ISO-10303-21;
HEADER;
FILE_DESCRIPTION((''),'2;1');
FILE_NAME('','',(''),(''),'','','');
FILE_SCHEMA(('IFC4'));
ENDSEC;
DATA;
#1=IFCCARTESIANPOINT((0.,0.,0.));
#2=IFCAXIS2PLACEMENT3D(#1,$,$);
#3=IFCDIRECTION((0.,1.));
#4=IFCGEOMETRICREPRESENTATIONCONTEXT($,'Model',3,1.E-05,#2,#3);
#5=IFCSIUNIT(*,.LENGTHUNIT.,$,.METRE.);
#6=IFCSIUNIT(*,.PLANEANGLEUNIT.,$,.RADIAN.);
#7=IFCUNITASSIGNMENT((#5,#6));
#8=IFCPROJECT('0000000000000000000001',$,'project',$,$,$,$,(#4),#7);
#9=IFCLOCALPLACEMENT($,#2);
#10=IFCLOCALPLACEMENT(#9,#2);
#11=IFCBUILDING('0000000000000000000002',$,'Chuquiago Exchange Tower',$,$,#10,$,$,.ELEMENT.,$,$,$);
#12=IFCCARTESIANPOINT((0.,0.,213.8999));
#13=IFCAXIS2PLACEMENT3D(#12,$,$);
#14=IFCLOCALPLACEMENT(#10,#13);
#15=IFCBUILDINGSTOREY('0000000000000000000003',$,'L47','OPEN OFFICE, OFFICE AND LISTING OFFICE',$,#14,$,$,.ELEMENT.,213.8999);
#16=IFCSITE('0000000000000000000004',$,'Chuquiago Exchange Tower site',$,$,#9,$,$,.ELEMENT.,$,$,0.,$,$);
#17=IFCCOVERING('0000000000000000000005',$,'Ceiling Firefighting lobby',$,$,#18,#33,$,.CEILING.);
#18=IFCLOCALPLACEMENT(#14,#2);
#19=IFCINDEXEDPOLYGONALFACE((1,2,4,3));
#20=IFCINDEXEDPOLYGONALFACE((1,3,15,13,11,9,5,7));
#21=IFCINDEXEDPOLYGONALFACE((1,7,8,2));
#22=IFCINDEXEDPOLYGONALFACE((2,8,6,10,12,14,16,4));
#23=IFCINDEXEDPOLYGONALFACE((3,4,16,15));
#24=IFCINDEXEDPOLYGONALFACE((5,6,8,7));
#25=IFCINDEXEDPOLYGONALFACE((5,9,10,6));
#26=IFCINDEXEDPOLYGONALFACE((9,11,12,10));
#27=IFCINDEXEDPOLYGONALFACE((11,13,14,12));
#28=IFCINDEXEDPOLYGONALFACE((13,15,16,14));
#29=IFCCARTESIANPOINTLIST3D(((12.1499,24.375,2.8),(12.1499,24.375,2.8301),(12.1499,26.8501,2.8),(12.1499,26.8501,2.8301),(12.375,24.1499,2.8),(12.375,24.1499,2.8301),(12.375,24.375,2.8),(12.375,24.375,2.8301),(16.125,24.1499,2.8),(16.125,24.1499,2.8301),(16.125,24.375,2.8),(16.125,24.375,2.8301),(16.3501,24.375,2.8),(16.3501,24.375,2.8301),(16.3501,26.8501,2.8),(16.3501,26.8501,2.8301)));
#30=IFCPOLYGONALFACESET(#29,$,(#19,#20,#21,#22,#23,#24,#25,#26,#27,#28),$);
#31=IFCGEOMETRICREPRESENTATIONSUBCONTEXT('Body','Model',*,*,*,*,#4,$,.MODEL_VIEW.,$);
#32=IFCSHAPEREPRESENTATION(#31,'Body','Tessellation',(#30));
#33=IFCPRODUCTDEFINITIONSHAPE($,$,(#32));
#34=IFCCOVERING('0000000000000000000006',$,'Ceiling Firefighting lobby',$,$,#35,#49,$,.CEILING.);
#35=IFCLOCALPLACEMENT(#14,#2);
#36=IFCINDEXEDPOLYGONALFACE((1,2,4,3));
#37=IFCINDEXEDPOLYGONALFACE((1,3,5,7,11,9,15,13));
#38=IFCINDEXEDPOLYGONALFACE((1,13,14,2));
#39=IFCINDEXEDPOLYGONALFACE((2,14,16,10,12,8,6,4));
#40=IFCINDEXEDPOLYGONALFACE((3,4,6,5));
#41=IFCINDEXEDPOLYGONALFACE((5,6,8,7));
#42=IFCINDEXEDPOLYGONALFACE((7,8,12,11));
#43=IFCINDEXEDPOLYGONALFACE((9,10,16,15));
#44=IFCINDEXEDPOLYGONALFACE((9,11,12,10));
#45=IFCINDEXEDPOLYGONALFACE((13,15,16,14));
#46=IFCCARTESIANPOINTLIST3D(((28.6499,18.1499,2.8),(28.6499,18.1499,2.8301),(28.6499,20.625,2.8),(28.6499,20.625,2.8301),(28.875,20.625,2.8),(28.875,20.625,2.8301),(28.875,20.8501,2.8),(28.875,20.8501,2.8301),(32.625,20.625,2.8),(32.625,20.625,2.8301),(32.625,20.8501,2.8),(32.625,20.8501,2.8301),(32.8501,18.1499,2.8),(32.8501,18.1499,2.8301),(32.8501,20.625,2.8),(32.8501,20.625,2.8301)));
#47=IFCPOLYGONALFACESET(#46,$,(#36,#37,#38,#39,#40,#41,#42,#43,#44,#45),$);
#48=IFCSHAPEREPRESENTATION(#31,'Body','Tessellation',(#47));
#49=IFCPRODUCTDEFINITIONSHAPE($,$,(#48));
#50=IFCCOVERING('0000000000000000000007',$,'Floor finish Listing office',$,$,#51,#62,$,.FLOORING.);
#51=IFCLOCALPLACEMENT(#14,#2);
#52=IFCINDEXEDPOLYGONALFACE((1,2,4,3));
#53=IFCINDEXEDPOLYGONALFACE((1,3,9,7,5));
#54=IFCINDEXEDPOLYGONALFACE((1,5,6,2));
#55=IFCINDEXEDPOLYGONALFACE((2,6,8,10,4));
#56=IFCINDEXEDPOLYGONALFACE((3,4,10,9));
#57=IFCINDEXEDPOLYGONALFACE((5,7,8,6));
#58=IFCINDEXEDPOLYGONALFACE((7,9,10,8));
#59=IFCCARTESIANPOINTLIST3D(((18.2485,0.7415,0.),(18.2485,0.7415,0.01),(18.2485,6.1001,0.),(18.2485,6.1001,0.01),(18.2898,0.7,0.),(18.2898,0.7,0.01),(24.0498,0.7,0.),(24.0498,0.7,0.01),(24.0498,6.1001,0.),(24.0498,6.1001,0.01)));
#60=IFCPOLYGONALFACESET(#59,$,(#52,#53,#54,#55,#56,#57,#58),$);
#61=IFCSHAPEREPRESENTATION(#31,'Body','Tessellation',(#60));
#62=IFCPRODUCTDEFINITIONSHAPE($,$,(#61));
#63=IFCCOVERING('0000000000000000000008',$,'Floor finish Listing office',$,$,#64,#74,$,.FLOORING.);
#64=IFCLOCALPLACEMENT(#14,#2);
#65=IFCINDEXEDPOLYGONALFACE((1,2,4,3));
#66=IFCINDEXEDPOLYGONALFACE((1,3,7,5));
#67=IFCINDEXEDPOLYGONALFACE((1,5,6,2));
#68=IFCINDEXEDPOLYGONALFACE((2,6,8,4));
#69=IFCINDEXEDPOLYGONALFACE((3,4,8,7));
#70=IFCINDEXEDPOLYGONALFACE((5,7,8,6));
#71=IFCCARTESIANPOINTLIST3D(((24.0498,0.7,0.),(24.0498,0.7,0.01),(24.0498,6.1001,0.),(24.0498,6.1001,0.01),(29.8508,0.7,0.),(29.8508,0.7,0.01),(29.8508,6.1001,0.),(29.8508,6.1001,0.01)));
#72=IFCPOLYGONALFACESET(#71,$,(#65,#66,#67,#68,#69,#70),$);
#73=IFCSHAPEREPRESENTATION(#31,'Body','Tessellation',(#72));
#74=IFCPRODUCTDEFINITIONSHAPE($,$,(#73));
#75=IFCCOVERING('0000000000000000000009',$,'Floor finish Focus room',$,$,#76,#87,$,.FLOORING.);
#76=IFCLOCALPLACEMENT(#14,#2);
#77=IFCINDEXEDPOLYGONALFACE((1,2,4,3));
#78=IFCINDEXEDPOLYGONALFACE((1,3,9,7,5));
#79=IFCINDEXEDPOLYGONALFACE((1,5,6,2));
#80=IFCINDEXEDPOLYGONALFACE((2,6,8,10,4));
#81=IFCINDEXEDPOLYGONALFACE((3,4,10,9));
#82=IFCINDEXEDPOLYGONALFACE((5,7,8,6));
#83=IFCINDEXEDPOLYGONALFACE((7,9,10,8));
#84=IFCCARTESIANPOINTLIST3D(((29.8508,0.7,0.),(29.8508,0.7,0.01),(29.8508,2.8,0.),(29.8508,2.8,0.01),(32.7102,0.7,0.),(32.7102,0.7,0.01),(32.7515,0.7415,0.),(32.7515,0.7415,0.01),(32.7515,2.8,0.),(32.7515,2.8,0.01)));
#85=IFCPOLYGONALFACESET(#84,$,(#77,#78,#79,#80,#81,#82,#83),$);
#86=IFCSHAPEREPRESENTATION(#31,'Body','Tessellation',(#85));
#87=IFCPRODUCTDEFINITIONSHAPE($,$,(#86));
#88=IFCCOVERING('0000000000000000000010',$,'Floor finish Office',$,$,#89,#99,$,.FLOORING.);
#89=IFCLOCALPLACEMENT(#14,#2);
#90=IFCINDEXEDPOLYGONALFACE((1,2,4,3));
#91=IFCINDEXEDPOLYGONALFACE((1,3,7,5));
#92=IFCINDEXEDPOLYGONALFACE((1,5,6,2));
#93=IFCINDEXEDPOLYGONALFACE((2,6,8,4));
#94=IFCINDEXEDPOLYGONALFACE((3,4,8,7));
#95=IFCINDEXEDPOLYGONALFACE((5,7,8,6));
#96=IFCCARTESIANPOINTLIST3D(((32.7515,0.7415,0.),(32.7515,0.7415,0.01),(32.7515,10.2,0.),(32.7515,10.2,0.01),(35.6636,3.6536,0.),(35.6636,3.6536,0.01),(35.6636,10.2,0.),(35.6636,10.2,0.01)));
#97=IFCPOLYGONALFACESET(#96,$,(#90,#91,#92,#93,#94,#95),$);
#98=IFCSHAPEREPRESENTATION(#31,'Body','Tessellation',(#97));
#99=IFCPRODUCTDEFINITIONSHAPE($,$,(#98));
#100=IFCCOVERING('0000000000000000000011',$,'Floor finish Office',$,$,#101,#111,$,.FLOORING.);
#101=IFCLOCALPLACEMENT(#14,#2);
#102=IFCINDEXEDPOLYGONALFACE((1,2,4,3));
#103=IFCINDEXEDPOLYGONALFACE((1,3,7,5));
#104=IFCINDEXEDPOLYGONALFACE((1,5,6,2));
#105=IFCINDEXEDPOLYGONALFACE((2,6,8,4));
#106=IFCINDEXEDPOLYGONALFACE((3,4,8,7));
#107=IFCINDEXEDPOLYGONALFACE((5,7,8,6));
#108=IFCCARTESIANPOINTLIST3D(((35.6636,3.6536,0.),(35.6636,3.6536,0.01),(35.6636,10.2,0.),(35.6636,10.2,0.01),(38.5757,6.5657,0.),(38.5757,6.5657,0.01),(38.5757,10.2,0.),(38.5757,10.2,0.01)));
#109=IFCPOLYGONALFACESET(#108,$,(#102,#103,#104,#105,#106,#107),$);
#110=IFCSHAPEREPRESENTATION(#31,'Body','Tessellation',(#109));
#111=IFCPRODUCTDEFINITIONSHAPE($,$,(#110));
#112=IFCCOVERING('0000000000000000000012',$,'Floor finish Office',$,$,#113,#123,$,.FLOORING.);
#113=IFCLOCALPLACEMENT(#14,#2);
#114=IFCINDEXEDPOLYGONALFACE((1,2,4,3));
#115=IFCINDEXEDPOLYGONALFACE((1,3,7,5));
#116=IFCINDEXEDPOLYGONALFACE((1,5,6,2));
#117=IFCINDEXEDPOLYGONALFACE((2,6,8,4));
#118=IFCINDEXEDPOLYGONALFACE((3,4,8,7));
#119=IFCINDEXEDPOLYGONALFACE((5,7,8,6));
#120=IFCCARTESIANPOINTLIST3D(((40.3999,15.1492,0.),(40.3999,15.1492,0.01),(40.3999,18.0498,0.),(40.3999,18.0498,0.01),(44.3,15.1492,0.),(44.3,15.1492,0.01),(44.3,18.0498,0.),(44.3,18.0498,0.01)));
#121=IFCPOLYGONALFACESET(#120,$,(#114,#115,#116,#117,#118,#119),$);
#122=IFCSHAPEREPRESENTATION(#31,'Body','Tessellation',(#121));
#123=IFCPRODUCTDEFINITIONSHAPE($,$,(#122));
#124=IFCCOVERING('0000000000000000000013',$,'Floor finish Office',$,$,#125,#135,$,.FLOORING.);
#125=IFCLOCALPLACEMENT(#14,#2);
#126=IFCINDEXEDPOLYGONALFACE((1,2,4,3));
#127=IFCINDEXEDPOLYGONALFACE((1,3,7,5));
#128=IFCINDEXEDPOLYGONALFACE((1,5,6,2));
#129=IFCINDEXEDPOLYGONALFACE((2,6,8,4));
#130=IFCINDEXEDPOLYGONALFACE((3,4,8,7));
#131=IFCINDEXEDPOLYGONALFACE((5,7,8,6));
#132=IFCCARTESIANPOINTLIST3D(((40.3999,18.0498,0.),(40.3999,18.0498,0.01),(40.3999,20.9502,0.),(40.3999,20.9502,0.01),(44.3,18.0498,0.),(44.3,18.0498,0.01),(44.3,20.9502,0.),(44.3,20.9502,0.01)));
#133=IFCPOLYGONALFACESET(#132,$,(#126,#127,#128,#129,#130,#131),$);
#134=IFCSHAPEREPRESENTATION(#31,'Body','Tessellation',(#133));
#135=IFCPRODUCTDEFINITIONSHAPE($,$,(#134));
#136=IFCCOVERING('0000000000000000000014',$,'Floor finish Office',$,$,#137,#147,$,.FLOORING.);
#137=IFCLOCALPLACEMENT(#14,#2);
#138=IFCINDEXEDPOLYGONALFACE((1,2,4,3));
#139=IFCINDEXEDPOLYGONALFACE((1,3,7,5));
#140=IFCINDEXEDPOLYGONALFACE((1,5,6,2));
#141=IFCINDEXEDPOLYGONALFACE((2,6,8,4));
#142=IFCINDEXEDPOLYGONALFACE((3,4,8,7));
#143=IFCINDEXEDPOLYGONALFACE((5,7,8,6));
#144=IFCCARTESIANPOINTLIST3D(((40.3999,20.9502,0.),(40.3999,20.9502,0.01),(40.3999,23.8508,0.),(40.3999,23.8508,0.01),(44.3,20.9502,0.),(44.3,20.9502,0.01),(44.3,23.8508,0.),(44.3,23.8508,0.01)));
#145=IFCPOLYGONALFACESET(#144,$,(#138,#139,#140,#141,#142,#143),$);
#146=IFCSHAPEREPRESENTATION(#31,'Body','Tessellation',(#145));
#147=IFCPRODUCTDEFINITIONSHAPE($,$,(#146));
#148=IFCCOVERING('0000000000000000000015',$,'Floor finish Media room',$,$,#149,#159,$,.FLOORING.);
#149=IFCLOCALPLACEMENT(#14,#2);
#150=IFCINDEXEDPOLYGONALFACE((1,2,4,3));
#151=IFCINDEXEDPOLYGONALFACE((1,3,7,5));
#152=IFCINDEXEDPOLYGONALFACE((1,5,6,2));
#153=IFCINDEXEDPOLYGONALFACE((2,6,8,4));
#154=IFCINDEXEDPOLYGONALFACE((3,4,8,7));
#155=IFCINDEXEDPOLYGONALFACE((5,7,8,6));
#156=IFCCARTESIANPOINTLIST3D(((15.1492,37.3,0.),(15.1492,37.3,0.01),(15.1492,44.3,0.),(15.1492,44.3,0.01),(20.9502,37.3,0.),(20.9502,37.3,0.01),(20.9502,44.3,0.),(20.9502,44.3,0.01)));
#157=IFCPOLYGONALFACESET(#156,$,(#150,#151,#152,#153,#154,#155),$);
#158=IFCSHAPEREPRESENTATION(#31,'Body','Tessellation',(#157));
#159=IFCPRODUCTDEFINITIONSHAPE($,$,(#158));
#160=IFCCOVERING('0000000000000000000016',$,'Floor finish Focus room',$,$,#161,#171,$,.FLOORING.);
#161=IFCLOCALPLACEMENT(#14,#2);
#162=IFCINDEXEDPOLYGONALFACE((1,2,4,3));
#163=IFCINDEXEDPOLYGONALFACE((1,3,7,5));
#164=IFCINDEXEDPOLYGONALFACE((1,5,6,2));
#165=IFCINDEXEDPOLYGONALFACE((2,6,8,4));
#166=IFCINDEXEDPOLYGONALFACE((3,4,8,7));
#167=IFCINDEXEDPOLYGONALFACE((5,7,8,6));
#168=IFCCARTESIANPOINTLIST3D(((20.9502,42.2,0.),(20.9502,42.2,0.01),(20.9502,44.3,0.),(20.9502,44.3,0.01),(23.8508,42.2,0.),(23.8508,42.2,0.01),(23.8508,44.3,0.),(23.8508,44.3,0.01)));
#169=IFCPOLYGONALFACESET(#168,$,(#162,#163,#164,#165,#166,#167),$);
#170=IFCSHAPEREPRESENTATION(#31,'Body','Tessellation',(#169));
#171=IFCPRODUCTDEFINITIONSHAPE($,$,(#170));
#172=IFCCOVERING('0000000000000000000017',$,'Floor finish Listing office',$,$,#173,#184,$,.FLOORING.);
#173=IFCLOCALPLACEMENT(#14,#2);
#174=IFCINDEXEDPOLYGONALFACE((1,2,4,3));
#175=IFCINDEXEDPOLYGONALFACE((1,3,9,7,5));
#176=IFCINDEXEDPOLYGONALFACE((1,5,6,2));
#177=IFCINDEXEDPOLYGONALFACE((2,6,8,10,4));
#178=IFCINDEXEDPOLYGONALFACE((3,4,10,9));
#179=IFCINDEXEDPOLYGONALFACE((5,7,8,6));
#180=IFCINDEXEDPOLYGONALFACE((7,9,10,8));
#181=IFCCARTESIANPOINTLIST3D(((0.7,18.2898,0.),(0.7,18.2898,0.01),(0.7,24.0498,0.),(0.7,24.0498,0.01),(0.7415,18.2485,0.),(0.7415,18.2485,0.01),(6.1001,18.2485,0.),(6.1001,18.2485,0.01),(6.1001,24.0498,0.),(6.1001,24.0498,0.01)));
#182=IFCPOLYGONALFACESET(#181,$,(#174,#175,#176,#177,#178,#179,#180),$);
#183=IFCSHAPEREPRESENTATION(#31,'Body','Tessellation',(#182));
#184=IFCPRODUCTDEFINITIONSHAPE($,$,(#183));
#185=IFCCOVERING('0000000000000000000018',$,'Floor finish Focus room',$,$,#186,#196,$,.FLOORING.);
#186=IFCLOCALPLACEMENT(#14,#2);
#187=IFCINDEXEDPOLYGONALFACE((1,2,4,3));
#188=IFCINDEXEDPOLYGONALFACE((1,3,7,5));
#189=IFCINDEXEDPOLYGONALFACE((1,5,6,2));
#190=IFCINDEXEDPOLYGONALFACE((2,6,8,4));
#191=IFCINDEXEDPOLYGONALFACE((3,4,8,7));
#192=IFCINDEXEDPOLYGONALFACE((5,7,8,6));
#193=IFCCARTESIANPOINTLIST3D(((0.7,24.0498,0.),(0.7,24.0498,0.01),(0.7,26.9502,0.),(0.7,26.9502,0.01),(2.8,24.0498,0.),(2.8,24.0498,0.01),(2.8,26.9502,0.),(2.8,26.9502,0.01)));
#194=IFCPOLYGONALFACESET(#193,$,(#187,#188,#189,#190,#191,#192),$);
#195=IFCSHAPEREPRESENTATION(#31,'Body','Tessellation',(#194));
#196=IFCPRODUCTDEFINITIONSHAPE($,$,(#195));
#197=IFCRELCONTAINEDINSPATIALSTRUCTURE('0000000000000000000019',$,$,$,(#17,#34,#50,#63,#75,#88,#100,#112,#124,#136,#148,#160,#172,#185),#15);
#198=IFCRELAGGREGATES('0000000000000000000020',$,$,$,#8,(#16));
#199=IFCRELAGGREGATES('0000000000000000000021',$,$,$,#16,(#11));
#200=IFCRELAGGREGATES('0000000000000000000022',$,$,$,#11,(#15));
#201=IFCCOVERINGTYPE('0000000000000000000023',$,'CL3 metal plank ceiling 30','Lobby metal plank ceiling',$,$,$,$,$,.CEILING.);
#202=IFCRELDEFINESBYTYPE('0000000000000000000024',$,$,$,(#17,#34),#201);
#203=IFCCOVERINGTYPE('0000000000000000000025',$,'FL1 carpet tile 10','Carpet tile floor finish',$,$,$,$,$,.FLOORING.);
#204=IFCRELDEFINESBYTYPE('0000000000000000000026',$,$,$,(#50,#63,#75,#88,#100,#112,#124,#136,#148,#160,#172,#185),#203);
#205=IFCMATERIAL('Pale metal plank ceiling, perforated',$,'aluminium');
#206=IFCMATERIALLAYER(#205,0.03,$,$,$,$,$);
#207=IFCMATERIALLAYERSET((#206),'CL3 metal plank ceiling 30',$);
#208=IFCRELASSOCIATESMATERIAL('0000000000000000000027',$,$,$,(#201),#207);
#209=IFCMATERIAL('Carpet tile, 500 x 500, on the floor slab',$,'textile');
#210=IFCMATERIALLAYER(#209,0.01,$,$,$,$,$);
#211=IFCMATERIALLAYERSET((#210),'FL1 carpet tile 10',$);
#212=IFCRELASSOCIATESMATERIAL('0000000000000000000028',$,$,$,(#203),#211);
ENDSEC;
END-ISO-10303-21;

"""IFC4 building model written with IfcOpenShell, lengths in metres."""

from ifc_helpers import new_model, si_unit, direction, frame, origin, place, context, subcontext, project, spatial, polyline, outline, extrude, material, layer, layer_set, type_object, element, save


model = new_model("IFC4")

# Units and contexts
model_context = context("Model", 3, precision=1e-05, world=origin(), true_north=direction((0.0, 1.0)))
body_context = subcontext(model_context, "Body", "Model", "MODEL_VIEW")
ifc_project = project(units=[si_unit("LENGTHUNIT", "METRE"), si_unit("PLANEANGLEUNIT", "RADIAN")], contexts=[model_context])

# Site, building, storey
site_placement = place(None, origin())
site = spatial("IfcSite", under=ifc_project, at=site_placement, Name="Chuquiago Exchange Tower site", CompositionType="ELEMENT", RefElevation=0.0)
building_placement = place(site_placement, origin())
building = spatial("IfcBuilding", under=site, at=building_placement, Name="Chuquiago Exchange Tower", CompositionType="ELEMENT")
storey_placement = place(building_placement, frame((0.0, 0.0, 213.8999)))
storey = spatial("IfcBuildingStorey", under=building, at=storey_placement, Name="L47", Description="OPEN OFFICE, OFFICE AND LISTING OFFICE", CompositionType="ELEMENT", Elevation=213.8999)

# Coverings
ifc_material_1 = material(Name="Pale metal plank ceiling, perforated", Category="aluminium")
ifc_layer_1 = layer(ifc_material_1, 0.03)
ifc_layer_set_1 = layer_set([ifc_layer_1], Name="CL3 metal plank ceiling 30")
covering_type_1 = type_object("IfcCoveringType", Name="CL3 metal plank ceiling 30", Description="Lobby metal plank ceiling", PredefinedType="CEILING", material=ifc_layer_set_1)
covering_1_placement = place(storey_placement, frame((0.0, 0.0, 2.8)))
element("IfcCovering", 1, at=covering_1_placement, inside=storey, type_object=covering_type_1, Name="Ceiling Firefighting lobby", PredefinedType="CEILING", context=body_context, shape_type="SweptSolid", body=[
    extrude(outline(polyline([(12.375, 24.1499), (12.375, 24.375), (12.1499, 24.375), (12.1499, 26.8501), (16.3501, 26.8501), (16.3501, 24.375), (16.125, 24.375), (16.125, 24.1499), (12.375, 24.1499)])), origin(), (0.0, 0.0, 1.0), 0.03),
])
covering_2_placement = place(storey_placement, frame((0.0, 0.0, 2.8)))
element("IfcCovering", 2, at=covering_2_placement, inside=storey, type_object=covering_type_1, Name="Ceiling Firefighting lobby", PredefinedType="CEILING", context=body_context, shape_type="SweptSolid", body=[
    extrude(outline(polyline([(28.6499, 18.1499), (28.6499, 20.625), (28.875, 20.625), (28.875, 20.8501), (32.625, 20.8501), (32.625, 20.625), (32.8501, 20.625), (32.8501, 18.1499), (28.6499, 18.1499)])), origin(), (0.0, 0.0, 1.0), 0.03),
])
ifc_material_2 = material(Name="Carpet tile, 500 x 500, on the floor slab", Category="textile")
ifc_layer_2 = layer(ifc_material_2, 0.01)
ifc_layer_set_2 = layer_set([ifc_layer_2], Name="FL1 carpet tile 10")
covering_type_2 = type_object("IfcCoveringType", Name="FL1 carpet tile 10", Description="Carpet tile floor finish", PredefinedType="FLOORING", material=ifc_layer_set_2)
covering_3_placement = place(storey_placement, origin())
element("IfcCovering", 3, at=covering_3_placement, inside=storey, type_object=covering_type_2, Name="Floor finish Listing office", PredefinedType="FLOORING", context=body_context, shape_type="SweptSolid", body=[
    extrude(outline(polyline([(18.2898, 0.7), (18.2485, 0.7415), (18.2485, 6.1001), (24.0498, 6.1001), (24.0498, 0.7), (18.2898, 0.7)])), origin(), (0.0, 0.0, 1.0), 0.01),
])
covering_4_placement = place(storey_placement, origin())
element("IfcCovering", 4, at=covering_4_placement, inside=storey, type_object=covering_type_2, Name="Floor finish Listing office", PredefinedType="FLOORING", context=body_context, shape_type="SweptSolid", body=[
    extrude(outline(polyline([(24.0498, 0.7), (24.0498, 6.1001), (29.8508, 6.1001), (29.8508, 0.7), (24.0498, 0.7)])), origin(), (0.0, 0.0, 1.0), 0.01),
])
covering_5_placement = place(storey_placement, origin())
element("IfcCovering", 5, at=covering_5_placement, inside=storey, type_object=covering_type_2, Name="Floor finish Focus room", PredefinedType="FLOORING", context=body_context, shape_type="SweptSolid", body=[
    extrude(outline(polyline([(32.7102, 0.7), (29.8508, 0.7), (29.8508, 2.8), (32.7515, 2.8), (32.7515, 0.7415), (32.7102, 0.7)])), origin(), (0.0, 0.0, 1.0), 0.01),
])
covering_6_placement = place(storey_placement, origin())
element("IfcCovering", 6, at=covering_6_placement, inside=storey, type_object=covering_type_2, Name="Floor finish Office", PredefinedType="FLOORING", context=body_context, shape_type="SweptSolid", body=[
    extrude(outline(polyline([(32.7515, 0.7415), (32.7515, 10.2), (35.6636, 10.2), (35.6636, 3.6536), (32.7515, 0.7415)])), origin(), (0.0, 0.0, 1.0), 0.01),
])
covering_7_placement = place(storey_placement, origin())
element("IfcCovering", 7, at=covering_7_placement, inside=storey, type_object=covering_type_2, Name="Floor finish Office", PredefinedType="FLOORING", context=body_context, shape_type="SweptSolid", body=[
    extrude(outline(polyline([(35.6636, 3.6536), (35.6636, 10.2), (38.5757, 10.2), (38.5757, 6.5657), (35.6636, 3.6536)])), origin(), (0.0, 0.0, 1.0), 0.01),
])
covering_8_placement = place(storey_placement, origin())
element("IfcCovering", 8, at=covering_8_placement, inside=storey, type_object=covering_type_2, Name="Floor finish Office", PredefinedType="FLOORING", context=body_context, shape_type="SweptSolid", body=[
    extrude(outline(polyline([(44.3, 15.1492), (40.3999, 15.1492), (40.3999, 18.0498), (44.3, 18.0498), (44.3, 15.1492)])), origin(), (0.0, 0.0, 1.0), 0.01),
])
covering_9_placement = place(storey_placement, origin())
element("IfcCovering", 9, at=covering_9_placement, inside=storey, type_object=covering_type_2, Name="Floor finish Office", PredefinedType="FLOORING", context=body_context, shape_type="SweptSolid", body=[
    extrude(outline(polyline([(44.3, 18.0498), (40.3999, 18.0498), (40.3999, 20.9502), (44.3, 20.9502), (44.3, 18.0498)])), origin(), (0.0, 0.0, 1.0), 0.01),
])
covering_10_placement = place(storey_placement, origin())
element("IfcCovering", 10, at=covering_10_placement, inside=storey, type_object=covering_type_2, Name="Floor finish Office", PredefinedType="FLOORING", context=body_context, shape_type="SweptSolid", body=[
    extrude(outline(polyline([(44.3, 20.9502), (40.3999, 20.9502), (40.3999, 23.8508), (44.3, 23.8508), (44.3, 20.9502)])), origin(), (0.0, 0.0, 1.0), 0.01),
])
covering_11_placement = place(storey_placement, origin())
element("IfcCovering", 11, at=covering_11_placement, inside=storey, type_object=covering_type_2, Name="Floor finish Media room", PredefinedType="FLOORING", context=body_context, shape_type="SweptSolid", body=[
    extrude(outline(polyline([(20.9502, 44.3), (20.9502, 37.3), (15.1492, 37.3), (15.1492, 44.3), (20.9502, 44.3)])), origin(), (0.0, 0.0, 1.0), 0.01),
])
covering_12_placement = place(storey_placement, origin())
element("IfcCovering", 12, at=covering_12_placement, inside=storey, type_object=covering_type_2, Name="Floor finish Focus room", PredefinedType="FLOORING", context=body_context, shape_type="SweptSolid", body=[
    extrude(outline(polyline([(23.8508, 44.3), (23.8508, 42.2), (20.9502, 42.2), (20.9502, 44.3), (23.8508, 44.3)])), origin(), (0.0, 0.0, 1.0), 0.01),
])
covering_13_placement = place(storey_placement, origin())
element("IfcCovering", 13, at=covering_13_placement, inside=storey, type_object=covering_type_2, Name="Floor finish Listing office", PredefinedType="FLOORING", context=body_context, shape_type="SweptSolid", body=[
    extrude(outline(polyline([(0.7, 24.0498), (6.1001, 24.0498), (6.1001, 18.2485), (0.7415, 18.2485), (0.7, 18.2898), (0.7, 24.0498)])), origin(), (0.0, 0.0, 1.0), 0.01),
])
covering_14_placement = place(storey_placement, origin())
element("IfcCovering", 14, at=covering_14_placement, inside=storey, type_object=covering_type_2, Name="Floor finish Focus room", PredefinedType="FLOORING", context=body_context, shape_type="SweptSolid", body=[
    extrude(outline(polyline([(0.7, 26.9502), (2.8, 26.9502), (2.8, 24.0498), (0.7, 24.0498), (0.7, 26.9502)])), origin(), (0.0, 0.0, 1.0), 0.01),
])

save(model, "model.ifc")
